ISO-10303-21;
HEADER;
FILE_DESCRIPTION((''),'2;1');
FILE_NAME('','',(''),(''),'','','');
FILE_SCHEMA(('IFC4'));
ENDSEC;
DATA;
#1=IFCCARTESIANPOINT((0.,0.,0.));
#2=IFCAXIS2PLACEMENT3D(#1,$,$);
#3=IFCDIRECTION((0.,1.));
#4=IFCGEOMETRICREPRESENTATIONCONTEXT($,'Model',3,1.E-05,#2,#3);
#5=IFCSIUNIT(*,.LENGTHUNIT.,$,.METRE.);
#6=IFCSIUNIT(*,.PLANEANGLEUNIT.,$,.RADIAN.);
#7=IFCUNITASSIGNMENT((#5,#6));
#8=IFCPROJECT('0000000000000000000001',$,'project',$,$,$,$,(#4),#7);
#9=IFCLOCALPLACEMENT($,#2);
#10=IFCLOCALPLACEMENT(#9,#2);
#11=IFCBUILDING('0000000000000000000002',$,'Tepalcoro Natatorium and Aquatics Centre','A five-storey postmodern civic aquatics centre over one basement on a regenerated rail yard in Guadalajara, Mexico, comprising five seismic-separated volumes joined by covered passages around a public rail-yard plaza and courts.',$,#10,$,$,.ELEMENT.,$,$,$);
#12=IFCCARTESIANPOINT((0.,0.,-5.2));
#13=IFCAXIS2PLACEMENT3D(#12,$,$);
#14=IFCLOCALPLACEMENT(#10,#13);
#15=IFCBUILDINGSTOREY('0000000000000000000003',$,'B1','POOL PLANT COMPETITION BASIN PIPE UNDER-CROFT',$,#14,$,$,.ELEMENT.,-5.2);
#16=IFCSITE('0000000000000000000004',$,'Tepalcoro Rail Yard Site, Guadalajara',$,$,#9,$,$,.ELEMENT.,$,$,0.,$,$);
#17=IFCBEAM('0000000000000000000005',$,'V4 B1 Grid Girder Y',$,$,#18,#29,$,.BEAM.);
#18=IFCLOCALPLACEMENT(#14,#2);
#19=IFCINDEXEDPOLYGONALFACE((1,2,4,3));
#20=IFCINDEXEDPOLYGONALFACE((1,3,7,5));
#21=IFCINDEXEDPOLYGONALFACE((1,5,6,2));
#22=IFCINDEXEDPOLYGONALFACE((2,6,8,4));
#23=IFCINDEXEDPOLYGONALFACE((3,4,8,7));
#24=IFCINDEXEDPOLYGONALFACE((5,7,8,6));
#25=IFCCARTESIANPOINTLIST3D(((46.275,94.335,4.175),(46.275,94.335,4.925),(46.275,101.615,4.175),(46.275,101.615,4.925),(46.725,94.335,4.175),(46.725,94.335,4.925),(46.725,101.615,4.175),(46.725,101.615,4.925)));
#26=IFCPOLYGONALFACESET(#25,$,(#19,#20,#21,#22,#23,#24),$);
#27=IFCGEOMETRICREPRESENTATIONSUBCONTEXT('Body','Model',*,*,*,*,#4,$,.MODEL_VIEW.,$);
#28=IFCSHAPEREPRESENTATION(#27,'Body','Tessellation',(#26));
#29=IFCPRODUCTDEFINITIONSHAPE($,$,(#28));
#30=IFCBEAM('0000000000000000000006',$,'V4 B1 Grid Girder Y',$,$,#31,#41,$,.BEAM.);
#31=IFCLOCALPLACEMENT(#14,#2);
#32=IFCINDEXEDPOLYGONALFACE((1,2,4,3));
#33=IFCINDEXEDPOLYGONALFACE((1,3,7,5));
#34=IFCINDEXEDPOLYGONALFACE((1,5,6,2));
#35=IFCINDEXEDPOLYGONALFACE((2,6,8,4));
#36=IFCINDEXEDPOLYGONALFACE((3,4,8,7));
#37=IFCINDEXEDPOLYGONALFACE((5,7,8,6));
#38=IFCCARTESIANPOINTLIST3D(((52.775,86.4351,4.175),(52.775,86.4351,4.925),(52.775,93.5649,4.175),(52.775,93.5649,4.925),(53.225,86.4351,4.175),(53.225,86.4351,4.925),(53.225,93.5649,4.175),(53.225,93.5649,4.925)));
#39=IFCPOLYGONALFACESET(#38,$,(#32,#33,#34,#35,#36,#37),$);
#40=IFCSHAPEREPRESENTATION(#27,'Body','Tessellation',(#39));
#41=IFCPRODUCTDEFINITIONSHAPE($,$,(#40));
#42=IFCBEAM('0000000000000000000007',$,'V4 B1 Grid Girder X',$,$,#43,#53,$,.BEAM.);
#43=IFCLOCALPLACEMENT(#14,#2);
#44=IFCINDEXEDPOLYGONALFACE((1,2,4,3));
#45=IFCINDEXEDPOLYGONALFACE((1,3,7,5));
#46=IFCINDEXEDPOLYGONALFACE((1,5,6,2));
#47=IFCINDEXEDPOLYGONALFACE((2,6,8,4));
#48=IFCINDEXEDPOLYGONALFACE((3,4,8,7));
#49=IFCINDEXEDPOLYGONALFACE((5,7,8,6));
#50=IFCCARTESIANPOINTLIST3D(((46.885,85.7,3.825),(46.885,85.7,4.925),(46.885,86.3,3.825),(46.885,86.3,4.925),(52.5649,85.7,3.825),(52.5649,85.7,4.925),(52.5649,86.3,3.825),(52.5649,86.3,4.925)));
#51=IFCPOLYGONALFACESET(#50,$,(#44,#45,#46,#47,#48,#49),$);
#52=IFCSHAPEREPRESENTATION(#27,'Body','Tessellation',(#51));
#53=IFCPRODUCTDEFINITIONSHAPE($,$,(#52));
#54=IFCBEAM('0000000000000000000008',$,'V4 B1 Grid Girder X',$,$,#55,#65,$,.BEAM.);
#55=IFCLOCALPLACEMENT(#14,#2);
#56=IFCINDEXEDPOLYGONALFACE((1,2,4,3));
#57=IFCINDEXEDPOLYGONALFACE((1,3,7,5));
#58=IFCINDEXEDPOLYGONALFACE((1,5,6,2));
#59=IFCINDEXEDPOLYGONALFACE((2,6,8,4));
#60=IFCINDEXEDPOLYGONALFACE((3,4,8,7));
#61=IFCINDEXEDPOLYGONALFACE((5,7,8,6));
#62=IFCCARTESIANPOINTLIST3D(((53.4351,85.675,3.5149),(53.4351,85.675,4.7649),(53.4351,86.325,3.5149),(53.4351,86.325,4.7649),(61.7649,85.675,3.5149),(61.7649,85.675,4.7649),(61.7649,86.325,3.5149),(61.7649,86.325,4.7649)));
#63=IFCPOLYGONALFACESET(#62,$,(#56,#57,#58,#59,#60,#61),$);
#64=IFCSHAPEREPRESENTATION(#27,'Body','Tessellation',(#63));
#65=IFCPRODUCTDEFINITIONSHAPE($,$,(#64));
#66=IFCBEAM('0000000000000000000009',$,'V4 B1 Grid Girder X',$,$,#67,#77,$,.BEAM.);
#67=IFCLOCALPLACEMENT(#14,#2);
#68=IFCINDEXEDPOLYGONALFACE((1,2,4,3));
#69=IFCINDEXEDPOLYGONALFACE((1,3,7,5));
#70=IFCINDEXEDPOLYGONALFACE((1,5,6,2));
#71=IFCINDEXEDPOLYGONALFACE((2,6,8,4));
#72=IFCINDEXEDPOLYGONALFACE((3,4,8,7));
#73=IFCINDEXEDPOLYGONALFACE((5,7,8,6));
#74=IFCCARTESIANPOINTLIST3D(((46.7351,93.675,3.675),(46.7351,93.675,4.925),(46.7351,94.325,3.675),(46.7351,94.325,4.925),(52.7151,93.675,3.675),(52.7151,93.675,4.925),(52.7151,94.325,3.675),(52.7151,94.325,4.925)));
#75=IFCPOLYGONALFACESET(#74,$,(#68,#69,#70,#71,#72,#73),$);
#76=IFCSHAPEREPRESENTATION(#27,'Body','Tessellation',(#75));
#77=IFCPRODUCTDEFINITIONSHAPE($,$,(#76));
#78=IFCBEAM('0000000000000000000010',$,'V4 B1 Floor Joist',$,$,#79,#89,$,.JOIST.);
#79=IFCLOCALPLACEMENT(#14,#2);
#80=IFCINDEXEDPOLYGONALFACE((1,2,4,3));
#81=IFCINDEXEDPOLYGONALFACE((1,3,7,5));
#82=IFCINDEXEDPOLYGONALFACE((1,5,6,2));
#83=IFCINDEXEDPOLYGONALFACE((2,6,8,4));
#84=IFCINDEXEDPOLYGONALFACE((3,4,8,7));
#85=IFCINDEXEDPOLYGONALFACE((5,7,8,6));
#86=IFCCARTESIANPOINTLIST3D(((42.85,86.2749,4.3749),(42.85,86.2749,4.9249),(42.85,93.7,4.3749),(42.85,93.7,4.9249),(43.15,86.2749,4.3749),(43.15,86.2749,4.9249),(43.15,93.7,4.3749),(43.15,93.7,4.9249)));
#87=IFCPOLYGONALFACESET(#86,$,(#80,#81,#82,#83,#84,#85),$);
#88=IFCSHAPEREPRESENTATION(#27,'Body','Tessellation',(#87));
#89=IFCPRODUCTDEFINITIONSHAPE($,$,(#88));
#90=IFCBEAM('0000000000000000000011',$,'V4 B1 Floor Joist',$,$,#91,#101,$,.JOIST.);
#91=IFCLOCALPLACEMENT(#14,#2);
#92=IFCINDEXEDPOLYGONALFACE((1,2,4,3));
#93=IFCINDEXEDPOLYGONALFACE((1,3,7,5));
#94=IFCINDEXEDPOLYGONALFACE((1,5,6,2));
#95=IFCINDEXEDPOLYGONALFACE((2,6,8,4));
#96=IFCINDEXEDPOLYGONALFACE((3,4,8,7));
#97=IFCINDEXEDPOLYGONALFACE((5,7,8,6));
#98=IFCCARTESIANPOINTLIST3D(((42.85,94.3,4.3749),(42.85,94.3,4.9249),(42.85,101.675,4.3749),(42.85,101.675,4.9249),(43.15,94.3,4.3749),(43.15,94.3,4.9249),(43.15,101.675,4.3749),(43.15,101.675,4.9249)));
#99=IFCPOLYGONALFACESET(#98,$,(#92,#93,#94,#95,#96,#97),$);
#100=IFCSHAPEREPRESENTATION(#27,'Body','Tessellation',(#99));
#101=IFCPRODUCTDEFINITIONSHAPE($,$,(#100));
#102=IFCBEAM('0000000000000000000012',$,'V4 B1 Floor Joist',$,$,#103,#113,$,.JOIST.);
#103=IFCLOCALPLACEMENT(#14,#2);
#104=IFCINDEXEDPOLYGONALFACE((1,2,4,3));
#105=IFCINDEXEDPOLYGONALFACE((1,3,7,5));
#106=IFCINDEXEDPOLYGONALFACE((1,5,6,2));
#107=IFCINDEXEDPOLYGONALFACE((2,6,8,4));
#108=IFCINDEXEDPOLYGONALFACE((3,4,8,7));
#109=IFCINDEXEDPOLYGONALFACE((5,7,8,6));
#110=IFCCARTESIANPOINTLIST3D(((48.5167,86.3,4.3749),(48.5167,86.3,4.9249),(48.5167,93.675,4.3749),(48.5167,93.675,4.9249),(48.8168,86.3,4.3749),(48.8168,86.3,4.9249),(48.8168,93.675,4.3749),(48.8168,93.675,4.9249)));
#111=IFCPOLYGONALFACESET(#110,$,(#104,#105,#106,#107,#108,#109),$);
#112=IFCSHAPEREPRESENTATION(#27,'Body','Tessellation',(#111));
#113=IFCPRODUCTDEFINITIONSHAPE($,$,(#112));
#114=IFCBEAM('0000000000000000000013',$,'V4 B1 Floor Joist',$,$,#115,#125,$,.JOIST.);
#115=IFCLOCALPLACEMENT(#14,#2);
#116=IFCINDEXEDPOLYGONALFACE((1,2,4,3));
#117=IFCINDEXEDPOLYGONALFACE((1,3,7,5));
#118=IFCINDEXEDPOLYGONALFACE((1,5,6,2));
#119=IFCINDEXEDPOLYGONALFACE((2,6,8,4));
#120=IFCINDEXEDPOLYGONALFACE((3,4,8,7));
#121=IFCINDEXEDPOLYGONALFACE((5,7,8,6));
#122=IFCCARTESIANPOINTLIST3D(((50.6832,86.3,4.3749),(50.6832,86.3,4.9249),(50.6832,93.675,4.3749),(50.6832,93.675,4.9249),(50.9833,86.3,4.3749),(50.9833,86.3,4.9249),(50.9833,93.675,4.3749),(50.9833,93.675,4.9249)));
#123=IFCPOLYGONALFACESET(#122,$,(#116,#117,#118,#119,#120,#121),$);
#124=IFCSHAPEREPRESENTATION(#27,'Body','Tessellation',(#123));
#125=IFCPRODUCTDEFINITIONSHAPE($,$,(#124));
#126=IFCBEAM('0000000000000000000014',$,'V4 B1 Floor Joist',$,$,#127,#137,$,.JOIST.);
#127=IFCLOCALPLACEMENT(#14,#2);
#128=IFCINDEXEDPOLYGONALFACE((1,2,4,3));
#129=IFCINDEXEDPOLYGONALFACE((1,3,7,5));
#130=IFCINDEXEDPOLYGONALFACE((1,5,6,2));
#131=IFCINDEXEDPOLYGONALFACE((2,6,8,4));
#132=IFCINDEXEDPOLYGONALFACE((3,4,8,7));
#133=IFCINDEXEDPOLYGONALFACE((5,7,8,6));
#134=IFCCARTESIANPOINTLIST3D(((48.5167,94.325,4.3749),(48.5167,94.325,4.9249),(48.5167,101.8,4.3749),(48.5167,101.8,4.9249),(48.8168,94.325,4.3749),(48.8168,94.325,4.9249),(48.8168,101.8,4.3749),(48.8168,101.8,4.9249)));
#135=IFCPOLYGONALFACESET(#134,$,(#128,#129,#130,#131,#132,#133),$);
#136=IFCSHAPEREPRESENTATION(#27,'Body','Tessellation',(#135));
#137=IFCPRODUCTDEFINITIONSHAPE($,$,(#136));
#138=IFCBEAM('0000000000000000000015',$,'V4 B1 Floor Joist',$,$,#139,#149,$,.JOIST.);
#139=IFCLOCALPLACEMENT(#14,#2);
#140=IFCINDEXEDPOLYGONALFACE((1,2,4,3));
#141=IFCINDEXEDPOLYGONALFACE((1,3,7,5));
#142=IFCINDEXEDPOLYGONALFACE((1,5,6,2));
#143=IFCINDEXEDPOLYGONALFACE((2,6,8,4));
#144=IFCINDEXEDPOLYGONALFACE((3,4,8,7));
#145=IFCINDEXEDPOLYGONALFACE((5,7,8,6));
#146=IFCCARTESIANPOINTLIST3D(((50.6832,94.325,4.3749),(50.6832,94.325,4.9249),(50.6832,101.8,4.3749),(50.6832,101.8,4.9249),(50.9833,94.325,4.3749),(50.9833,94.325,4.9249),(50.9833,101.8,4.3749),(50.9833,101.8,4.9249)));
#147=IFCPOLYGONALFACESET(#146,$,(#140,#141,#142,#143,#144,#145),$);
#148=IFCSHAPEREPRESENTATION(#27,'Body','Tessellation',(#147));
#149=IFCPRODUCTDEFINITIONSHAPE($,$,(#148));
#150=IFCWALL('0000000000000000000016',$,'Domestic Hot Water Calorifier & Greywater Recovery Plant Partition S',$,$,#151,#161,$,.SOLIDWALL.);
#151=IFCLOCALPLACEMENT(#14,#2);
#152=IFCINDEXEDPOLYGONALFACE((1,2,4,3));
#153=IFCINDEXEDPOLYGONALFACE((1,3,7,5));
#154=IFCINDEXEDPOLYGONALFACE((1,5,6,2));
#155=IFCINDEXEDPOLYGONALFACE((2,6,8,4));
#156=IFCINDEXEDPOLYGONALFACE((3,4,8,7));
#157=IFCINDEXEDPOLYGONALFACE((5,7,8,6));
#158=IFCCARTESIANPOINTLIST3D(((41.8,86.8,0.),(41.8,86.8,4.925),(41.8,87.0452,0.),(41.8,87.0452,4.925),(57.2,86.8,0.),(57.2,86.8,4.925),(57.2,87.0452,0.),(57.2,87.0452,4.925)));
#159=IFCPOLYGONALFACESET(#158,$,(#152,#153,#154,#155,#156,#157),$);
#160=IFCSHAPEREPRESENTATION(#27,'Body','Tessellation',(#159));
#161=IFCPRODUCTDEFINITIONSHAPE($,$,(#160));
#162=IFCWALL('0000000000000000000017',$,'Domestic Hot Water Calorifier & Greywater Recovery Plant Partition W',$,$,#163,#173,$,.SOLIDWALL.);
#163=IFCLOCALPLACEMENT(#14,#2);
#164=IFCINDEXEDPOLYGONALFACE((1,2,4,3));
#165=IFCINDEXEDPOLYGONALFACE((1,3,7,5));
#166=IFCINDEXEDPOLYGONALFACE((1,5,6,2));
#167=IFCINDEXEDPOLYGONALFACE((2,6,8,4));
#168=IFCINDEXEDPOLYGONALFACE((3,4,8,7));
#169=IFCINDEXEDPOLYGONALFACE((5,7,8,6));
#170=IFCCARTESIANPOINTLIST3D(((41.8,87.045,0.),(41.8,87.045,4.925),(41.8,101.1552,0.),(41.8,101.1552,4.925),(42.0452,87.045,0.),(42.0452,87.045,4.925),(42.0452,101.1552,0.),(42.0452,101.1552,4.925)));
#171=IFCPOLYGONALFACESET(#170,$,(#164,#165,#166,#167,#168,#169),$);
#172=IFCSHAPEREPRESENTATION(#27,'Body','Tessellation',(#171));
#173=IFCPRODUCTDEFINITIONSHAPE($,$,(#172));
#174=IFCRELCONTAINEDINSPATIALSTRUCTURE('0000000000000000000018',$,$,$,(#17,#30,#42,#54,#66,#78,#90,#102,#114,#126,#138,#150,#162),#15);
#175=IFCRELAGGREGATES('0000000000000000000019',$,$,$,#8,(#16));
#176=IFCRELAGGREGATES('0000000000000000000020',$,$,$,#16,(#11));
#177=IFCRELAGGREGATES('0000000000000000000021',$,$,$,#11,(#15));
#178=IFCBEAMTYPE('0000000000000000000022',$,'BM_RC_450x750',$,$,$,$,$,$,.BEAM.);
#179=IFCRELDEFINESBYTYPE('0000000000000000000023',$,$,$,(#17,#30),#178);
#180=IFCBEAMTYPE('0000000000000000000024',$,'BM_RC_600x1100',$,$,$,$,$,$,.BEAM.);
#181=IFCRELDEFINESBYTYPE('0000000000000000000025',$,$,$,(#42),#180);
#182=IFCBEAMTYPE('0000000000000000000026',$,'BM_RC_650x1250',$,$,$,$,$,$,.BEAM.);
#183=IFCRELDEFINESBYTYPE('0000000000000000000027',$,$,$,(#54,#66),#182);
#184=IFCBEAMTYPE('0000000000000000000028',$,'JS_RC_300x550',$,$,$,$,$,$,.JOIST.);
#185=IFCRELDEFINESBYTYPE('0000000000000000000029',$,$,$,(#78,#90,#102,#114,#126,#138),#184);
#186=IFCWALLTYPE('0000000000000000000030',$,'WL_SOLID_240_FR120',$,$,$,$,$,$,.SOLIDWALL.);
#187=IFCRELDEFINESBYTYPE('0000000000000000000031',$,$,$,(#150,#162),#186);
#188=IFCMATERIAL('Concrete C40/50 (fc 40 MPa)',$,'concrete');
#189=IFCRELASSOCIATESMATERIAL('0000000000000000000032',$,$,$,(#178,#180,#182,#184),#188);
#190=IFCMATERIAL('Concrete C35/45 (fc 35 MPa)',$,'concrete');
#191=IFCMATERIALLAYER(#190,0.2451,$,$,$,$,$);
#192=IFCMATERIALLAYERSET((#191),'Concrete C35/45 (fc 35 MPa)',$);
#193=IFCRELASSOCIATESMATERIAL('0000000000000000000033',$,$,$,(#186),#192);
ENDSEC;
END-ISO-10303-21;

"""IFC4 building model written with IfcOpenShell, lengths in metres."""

from ifc_helpers import new_model, si_unit, direction, frame, frame_2d, origin, origin_2d, place, context, subcontext, project, spatial, rectangle, extrude, material, layer, layer_set, material_profile, profile_set, type_object, element, save


model = new_model("IFC4")

# Units and contexts
model_context = context("Model", 3, precision=1e-05, world=origin(), true_north=direction((0.0, 1.0)))
body_context = subcontext(model_context, "Body", "Model", "MODEL_VIEW")
ifc_project = project(units=[si_unit("LENGTHUNIT", "METRE"), si_unit("PLANEANGLEUNIT", "RADIAN")], contexts=[model_context])

# Site, building, storey
site_placement = place(None, origin())
site = spatial("IfcSite", under=ifc_project, at=site_placement, Name="Tepalcoro Rail Yard Site, Guadalajara", CompositionType="ELEMENT", RefElevation=0.0)
building_placement = place(site_placement, origin())
building = spatial("IfcBuilding", under=site, at=building_placement, Name="Tepalcoro Natatorium and Aquatics Centre", Description="A five-storey postmodern civic aquatics centre over one basement on a regenerated rail yard in Guadalajara, Mexico, comprising five seismic-separated volumes joined by covered passages around a public rail-yard plaza and courts.", CompositionType="ELEMENT")
storey_placement = place(building_placement, frame((0.0, 0.0, -5.2)))
storey = spatial("IfcBuildingStorey", under=building, at=storey_placement, Name="B1", Description="POOL PLANT COMPETITION BASIN PIPE UNDER-CROFT", CompositionType="ELEMENT", Elevation=-5.2)

# Shared definitions
ifc_material_1 = material(Name="Concrete C40/50 (fc 40 MPa)", Category="concrete")

# Beams
ifc_material_profile_1 = material_profile(ifc_material_1, rectangle(XDim=0.45, YDim=0.75, at=origin_2d()), Name="RCB450x750")
ifc_profile_set_1 = profile_set([ifc_material_profile_1], Name="Concrete C40/50 (fc 40 MPa)")
beam_type_1 = type_object("IfcBeamType", Name="BM_RC_450x750", PredefinedType="BEAM", material=ifc_profile_set_1)
beam_1_placement = place(storey_placement, frame((46.5, 94.335, 4.55), z_axis=(0.0, 1.0, 0.0), x_axis=(-1.0, 0.0, 0.0)))
element("IfcBeam", 1, at=beam_1_placement, inside=storey, type_object=beam_type_1, Name="V4 B1 Grid Girder Y", PredefinedType="BEAM", context=body_context, shape_type="SweptSolid", body=[
    extrude(rectangle(XDim=0.45, YDim=0.75, at=origin_2d()), origin(), (0.0, 0.0, 1.0), 7.28),
])
beam_2_placement = place(storey_placement, frame((53.0, 86.4351, 4.55), z_axis=(0.0, 1.0, 0.0), x_axis=(-1.0, 0.0, 0.0)))
element("IfcBeam", 2, at=beam_2_placement, inside=storey, type_object=beam_type_1, Name="V4 B1 Grid Girder Y", PredefinedType="BEAM", context=body_context, shape_type="SweptSolid", body=[
    extrude(rectangle(XDim=0.45, YDim=0.75, at=origin_2d()), origin(), (0.0, 0.0, 1.0), 7.1299),
])
ifc_material_profile_2 = material_profile(ifc_material_1, rectangle(XDim=0.6001, YDim=1.1001, at=origin_2d()), Name="RCB600x1100")
ifc_profile_set_2 = profile_set([ifc_material_profile_2], Name="Concrete C40/50 (fc 40 MPa)")
beam_type_2 = type_object("IfcBeamType", Name="BM_RC_600x1100", PredefinedType="BEAM", material=ifc_profile_set_2)
beam_3_placement = place(storey_placement, frame((46.885, 86.0, 4.375), z_axis=(1.0, 0.0, 0.0), x_axis=(0.0, 1.0, 0.0)))
element("IfcBeam", 3, at=beam_3_placement, inside=storey, type_object=beam_type_2, Name="V4 B1 Grid Girder X", PredefinedType="BEAM", context=body_context, shape_type="SweptSolid", body=[
    extrude(rectangle(XDim=0.6001, YDim=1.1001, at=origin_2d()), origin(), (0.0, 0.0, 1.0), 5.6799),
])
ifc_material_profile_3 = material_profile(ifc_material_1, rectangle(XDim=0.6499, YDim=1.25, at=origin_2d()), Name="RCB650x1250")
ifc_profile_set_3 = profile_set([ifc_material_profile_3], Name="Concrete C40/50 (fc 40 MPa)")
beam_type_3 = type_object("IfcBeamType", Name="BM_RC_650x1250", PredefinedType="BEAM", material=ifc_profile_set_3)
beam_4_placement = place(storey_placement, frame((53.4351, 86.0, 4.1399), z_axis=(1.0, 0.0, 0.0), x_axis=(0.0, 1.0, 0.0)))
element("IfcBeam", 4, at=beam_4_placement, inside=storey, type_object=beam_type_3, Name="V4 B1 Grid Girder X", PredefinedType="BEAM", context=body_context, shape_type="SweptSolid", body=[
    extrude(rectangle(XDim=0.6499, YDim=1.25, at=origin_2d()), origin(), (0.0, 0.0, 1.0), 8.3298),
])
beam_5_placement = place(storey_placement, frame((46.7351, 94.0, 4.3), z_axis=(1.0, 0.0, 0.0), x_axis=(0.0, 1.0, 0.0)))
element("IfcBeam", 5, at=beam_5_placement, inside=storey, type_object=beam_type_3, Name="V4 B1 Grid Girder X", PredefinedType="BEAM", context=body_context, shape_type="SweptSolid", body=[
    extrude(rectangle(XDim=0.6499, YDim=1.25, at=origin_2d()), origin(), (0.0, 0.0, 1.0), 5.98),
])
ifc_material_profile_4 = material_profile(ifc_material_1, rectangle(XDim=0.3, YDim=0.55, at=origin_2d()), Name="RCJ300x550")
ifc_profile_set_4 = profile_set([ifc_material_profile_4], Name="Concrete C40/50 (fc 40 MPa)")
beam_type_4 = type_object("IfcBeamType", Name="JS_RC_300x550", PredefinedType="JOIST", material=ifc_profile_set_4)
beam_6_placement = place(storey_placement, frame((43.0, 86.2749, 4.6499), z_axis=(0.0, 1.0, 0.0), x_axis=(-1.0, 0.0, 0.0)))
element("IfcBeam", 6, at=beam_6_placement, inside=storey, type_object=beam_type_4, Name="V4 B1 Floor Joist", PredefinedType="JOIST", context=body_context, shape_type="SweptSolid", body=[
    extrude(rectangle(XDim=0.3, YDim=0.55, at=origin_2d()), origin(), (0.0, 0.0, 1.0), 7.425),
])
for number, where, z_axis, x_axis, name in (
    (7, (43.0, 94.3, 4.6499), (0.0, 1.0, 0.0), (-1.0, 0.0, 0.0), "V4 B1 Floor Joist"),
    (8, (48.6667, 86.3, 4.6499), (0.0, 1.0, 0.0), (-1.0, 0.0, 0.0), "V4 B1 Floor Joist"),
    (9, (50.8333, 86.3, 4.6499), (0.0, 1.0, 0.0), (-1.0, 0.0, 0.0), "V4 B1 Floor Joist"),
):
    element("IfcBeam", number, at=place(storey_placement, frame(where, z_axis=z_axis, x_axis=x_axis)), inside=storey, type_object=beam_type_4, Name=name, PredefinedType="JOIST", context=body_context, shape_type="SweptSolid", body=[
        extrude(rectangle(XDim=0.3, YDim=0.55, at=origin_2d()), origin(), (0.0, 0.0, 1.0), 7.375),
    ])
for number, where, z_axis, x_axis, name in (
    (10, (48.6667, 94.325, 4.6499), (0.0, 1.0, 0.0), (-1.0, 0.0, 0.0), "V4 B1 Floor Joist"),
    (11, (50.8333, 94.325, 4.6499), (0.0, 1.0, 0.0), (-1.0, 0.0, 0.0), "V4 B1 Floor Joist"),
):
    element("IfcBeam", number, at=place(storey_placement, frame(where, z_axis=z_axis, x_axis=x_axis)), inside=storey, type_object=beam_type_4, Name=name, PredefinedType="JOIST", context=body_context, shape_type="SweptSolid", body=[
        extrude(rectangle(XDim=0.3, YDim=0.55, at=origin_2d()), origin(), (0.0, 0.0, 1.0), 7.4751),
    ])

# Walls
ifc_material_2 = material(Name="Concrete C35/45 (fc 35 MPa)", Category="concrete")
ifc_layer = layer(ifc_material_2, 0.2451)
ifc_layer_set = layer_set([ifc_layer], Name="Concrete C35/45 (fc 35 MPa)")
wall_type = type_object("IfcWallType", Name="WL_SOLID_240_FR120", PredefinedType="SOLIDWALL", material=ifc_layer_set)
wall_1_placement = place(storey_placement, frame((41.8, 86.9226, 0.0), z_axis=(0.0, 0.0, 1.0), x_axis=(1.0, 0.0, 0.0)))
element("IfcWall", 12, at=wall_1_placement, inside=storey, type_object=wall_type, Name="Domestic Hot Water Calorifier & Greywater Recovery Plant Partition S", PredefinedType="SOLIDWALL", context=body_context, shape_type="SweptSolid", body=[
    extrude(rectangle(XDim=15.3999, YDim=0.2451, at=frame_2d((7.7, 0.0))), origin(), (0.0, 0.0, 1.0), 4.925),
])
wall_2_placement = place(storey_placement, frame((41.9226, 87.0449, 0.0), z_axis=(0.0, 0.0, 1.0), x_axis=(0.0, 1.0, 0.0)))
element("IfcWall", 13, at=wall_2_placement, inside=storey, type_object=wall_type, Name="Domestic Hot Water Calorifier & Greywater Recovery Plant Partition W", PredefinedType="SOLIDWALL", context=body_context, shape_type="SweptSolid", body=[
    extrude(rectangle(XDim=14.1101, YDim=0.2451, at=frame_2d((7.0552, 0.0))), origin(), (0.0, 0.0, 1.0), 4.925),
])

save(model, "model.ifc")
